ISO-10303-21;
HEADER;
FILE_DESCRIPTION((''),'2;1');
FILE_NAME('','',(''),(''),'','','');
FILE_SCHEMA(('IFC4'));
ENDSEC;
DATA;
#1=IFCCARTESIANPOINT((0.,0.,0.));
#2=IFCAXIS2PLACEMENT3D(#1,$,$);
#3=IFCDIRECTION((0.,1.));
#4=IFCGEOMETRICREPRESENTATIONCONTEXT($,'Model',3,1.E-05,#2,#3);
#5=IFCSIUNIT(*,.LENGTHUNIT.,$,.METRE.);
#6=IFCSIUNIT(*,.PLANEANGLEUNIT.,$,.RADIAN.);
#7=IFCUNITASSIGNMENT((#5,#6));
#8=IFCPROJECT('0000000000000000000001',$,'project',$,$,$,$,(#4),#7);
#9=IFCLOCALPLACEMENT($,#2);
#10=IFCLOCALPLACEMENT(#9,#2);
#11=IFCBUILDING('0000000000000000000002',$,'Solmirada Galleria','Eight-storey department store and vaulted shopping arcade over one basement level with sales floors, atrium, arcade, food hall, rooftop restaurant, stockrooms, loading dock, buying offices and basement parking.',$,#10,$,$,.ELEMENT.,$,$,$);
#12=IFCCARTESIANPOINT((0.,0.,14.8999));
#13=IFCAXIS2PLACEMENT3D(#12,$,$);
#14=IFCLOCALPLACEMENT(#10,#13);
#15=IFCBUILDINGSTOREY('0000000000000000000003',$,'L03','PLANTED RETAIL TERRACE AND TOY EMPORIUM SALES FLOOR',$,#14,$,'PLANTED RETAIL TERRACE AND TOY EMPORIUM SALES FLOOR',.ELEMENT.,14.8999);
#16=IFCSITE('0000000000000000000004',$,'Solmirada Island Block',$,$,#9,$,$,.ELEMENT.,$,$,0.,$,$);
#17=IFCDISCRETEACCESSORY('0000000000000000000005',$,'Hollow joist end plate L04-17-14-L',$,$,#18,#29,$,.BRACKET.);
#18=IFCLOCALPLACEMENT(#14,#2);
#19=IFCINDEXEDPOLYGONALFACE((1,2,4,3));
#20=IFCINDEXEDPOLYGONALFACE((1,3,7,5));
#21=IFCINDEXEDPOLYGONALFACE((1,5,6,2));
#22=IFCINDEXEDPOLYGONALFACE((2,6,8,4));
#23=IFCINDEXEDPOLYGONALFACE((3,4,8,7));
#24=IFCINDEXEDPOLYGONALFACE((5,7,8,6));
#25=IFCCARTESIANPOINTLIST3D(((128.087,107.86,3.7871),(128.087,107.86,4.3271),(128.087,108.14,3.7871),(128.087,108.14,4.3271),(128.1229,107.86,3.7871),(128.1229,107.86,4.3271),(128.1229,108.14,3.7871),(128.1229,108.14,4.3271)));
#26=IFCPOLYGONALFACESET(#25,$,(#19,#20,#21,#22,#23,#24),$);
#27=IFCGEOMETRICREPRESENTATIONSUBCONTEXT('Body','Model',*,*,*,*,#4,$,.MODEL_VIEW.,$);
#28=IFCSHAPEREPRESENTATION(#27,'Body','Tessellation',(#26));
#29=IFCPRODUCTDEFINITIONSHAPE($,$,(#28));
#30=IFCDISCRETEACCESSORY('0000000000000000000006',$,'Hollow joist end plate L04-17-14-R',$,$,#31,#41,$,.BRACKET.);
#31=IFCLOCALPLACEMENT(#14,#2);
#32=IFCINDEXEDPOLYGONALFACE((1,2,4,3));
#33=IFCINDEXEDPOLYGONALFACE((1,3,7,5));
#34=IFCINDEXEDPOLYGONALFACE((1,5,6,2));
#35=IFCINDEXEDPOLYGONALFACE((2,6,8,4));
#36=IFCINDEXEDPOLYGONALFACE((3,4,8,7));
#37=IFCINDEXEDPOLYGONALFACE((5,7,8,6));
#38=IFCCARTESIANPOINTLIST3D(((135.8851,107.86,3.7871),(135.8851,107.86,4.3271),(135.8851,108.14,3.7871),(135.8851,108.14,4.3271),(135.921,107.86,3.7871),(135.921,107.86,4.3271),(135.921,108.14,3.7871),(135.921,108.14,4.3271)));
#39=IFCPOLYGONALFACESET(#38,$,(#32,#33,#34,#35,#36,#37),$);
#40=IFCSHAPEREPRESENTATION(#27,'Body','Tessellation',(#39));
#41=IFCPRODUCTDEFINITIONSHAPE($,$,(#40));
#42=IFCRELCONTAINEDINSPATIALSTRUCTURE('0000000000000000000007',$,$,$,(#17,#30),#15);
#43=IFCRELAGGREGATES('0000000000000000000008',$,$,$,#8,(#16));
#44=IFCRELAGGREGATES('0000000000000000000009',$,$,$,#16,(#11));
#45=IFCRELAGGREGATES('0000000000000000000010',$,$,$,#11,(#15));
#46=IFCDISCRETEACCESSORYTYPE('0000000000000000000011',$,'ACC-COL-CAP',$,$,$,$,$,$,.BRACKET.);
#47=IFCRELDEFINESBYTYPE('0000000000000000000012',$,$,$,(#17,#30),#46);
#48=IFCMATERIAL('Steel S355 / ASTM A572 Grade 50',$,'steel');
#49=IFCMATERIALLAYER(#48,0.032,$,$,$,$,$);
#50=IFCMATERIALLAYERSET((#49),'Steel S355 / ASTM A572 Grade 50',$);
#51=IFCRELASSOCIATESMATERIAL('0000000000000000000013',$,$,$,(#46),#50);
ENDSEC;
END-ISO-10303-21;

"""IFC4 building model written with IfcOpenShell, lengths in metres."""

from ifc_helpers import new_model, si_unit, direction, frame, origin, origin_2d, place, context, subcontext, project, spatial, rectangle, extrude, material, layer, layer_set, type_object, element, save


model = new_model("IFC4")

# Units and contexts
model_context = context("Model", 3, precision=1e-05, world=origin(), true_north=direction((0.0, 1.0)))
body_context = subcontext(model_context, "Body", "Model", "MODEL_VIEW")
ifc_project = project(units=[si_unit("LENGTHUNIT", "METRE"), si_unit("PLANEANGLEUNIT", "RADIAN")], contexts=[model_context])

# Site, building, storey
site_placement = place(None, origin())
site = spatial("IfcSite", under=ifc_project, at=site_placement, Name="Solmirada Island Block", CompositionType="ELEMENT", RefElevation=0.0)
building_placement = place(site_placement, origin())
building = spatial("IfcBuilding", under=site, at=building_placement, Name="Solmirada Galleria", Description="Eight-storey department store and vaulted shopping arcade over one basement level with sales floors, atrium, arcade, food hall, rooftop restaurant, stockrooms, loading dock, buying offices and basement parking.", CompositionType="ELEMENT")
storey_placement = place(building_placement, frame((0.0, 0.0, 14.8999)))
storey = spatial("IfcBuildingStorey", under=building, at=storey_placement, Name="L03", Description="PLANTED RETAIL TERRACE AND TOY EMPORIUM SALES FLOOR", LongName="PLANTED RETAIL TERRACE AND TOY EMPORIUM SALES FLOOR", CompositionType="ELEMENT", Elevation=14.8999)

# Discrete accessories
ifc_material_1 = material(Name="Steel S355 / ASTM A572 Grade 50", Category="steel")
ifc_layer_1 = layer(ifc_material_1, 0.032)
ifc_layer_set_1 = layer_set([ifc_layer_1], Name="Steel S355 / ASTM A572 Grade 50")
discrete_accessory_type = type_object("IfcDiscreteAccessoryType", Name="ACC-COL-CAP", PredefinedType="BRACKET", material=ifc_layer_set_1)
for number, where, z_axis, x_axis, name in (
    (1, (128.105, 108.0, 3.7871), (0.0, 0.0, 1.0), (1.0, 0.0, 0.0), "Hollow joist end plate L04-17-14-L"),
    (2, (135.9031, 108.0, 3.7871), (0.0, 0.0, 1.0), (1.0, 0.0, 0.0), "Hollow joist end plate L04-17-14-R"),
):
    element("IfcDiscreteAccessory", number, at=place(storey_placement, frame(where, z_axis=z_axis, x_axis=x_axis)), inside=storey, type_object=discrete_accessory_type, Name=name, PredefinedType="BRACKET", context=body_context, shape_type="SweptSolid", body=[
        extrude(rectangle(XDim=0.0359, YDim=0.28, at=origin_2d()), origin(), (0.0, 0.0, 1.0), 0.54),
    ])

save(model, "model.ifc")
